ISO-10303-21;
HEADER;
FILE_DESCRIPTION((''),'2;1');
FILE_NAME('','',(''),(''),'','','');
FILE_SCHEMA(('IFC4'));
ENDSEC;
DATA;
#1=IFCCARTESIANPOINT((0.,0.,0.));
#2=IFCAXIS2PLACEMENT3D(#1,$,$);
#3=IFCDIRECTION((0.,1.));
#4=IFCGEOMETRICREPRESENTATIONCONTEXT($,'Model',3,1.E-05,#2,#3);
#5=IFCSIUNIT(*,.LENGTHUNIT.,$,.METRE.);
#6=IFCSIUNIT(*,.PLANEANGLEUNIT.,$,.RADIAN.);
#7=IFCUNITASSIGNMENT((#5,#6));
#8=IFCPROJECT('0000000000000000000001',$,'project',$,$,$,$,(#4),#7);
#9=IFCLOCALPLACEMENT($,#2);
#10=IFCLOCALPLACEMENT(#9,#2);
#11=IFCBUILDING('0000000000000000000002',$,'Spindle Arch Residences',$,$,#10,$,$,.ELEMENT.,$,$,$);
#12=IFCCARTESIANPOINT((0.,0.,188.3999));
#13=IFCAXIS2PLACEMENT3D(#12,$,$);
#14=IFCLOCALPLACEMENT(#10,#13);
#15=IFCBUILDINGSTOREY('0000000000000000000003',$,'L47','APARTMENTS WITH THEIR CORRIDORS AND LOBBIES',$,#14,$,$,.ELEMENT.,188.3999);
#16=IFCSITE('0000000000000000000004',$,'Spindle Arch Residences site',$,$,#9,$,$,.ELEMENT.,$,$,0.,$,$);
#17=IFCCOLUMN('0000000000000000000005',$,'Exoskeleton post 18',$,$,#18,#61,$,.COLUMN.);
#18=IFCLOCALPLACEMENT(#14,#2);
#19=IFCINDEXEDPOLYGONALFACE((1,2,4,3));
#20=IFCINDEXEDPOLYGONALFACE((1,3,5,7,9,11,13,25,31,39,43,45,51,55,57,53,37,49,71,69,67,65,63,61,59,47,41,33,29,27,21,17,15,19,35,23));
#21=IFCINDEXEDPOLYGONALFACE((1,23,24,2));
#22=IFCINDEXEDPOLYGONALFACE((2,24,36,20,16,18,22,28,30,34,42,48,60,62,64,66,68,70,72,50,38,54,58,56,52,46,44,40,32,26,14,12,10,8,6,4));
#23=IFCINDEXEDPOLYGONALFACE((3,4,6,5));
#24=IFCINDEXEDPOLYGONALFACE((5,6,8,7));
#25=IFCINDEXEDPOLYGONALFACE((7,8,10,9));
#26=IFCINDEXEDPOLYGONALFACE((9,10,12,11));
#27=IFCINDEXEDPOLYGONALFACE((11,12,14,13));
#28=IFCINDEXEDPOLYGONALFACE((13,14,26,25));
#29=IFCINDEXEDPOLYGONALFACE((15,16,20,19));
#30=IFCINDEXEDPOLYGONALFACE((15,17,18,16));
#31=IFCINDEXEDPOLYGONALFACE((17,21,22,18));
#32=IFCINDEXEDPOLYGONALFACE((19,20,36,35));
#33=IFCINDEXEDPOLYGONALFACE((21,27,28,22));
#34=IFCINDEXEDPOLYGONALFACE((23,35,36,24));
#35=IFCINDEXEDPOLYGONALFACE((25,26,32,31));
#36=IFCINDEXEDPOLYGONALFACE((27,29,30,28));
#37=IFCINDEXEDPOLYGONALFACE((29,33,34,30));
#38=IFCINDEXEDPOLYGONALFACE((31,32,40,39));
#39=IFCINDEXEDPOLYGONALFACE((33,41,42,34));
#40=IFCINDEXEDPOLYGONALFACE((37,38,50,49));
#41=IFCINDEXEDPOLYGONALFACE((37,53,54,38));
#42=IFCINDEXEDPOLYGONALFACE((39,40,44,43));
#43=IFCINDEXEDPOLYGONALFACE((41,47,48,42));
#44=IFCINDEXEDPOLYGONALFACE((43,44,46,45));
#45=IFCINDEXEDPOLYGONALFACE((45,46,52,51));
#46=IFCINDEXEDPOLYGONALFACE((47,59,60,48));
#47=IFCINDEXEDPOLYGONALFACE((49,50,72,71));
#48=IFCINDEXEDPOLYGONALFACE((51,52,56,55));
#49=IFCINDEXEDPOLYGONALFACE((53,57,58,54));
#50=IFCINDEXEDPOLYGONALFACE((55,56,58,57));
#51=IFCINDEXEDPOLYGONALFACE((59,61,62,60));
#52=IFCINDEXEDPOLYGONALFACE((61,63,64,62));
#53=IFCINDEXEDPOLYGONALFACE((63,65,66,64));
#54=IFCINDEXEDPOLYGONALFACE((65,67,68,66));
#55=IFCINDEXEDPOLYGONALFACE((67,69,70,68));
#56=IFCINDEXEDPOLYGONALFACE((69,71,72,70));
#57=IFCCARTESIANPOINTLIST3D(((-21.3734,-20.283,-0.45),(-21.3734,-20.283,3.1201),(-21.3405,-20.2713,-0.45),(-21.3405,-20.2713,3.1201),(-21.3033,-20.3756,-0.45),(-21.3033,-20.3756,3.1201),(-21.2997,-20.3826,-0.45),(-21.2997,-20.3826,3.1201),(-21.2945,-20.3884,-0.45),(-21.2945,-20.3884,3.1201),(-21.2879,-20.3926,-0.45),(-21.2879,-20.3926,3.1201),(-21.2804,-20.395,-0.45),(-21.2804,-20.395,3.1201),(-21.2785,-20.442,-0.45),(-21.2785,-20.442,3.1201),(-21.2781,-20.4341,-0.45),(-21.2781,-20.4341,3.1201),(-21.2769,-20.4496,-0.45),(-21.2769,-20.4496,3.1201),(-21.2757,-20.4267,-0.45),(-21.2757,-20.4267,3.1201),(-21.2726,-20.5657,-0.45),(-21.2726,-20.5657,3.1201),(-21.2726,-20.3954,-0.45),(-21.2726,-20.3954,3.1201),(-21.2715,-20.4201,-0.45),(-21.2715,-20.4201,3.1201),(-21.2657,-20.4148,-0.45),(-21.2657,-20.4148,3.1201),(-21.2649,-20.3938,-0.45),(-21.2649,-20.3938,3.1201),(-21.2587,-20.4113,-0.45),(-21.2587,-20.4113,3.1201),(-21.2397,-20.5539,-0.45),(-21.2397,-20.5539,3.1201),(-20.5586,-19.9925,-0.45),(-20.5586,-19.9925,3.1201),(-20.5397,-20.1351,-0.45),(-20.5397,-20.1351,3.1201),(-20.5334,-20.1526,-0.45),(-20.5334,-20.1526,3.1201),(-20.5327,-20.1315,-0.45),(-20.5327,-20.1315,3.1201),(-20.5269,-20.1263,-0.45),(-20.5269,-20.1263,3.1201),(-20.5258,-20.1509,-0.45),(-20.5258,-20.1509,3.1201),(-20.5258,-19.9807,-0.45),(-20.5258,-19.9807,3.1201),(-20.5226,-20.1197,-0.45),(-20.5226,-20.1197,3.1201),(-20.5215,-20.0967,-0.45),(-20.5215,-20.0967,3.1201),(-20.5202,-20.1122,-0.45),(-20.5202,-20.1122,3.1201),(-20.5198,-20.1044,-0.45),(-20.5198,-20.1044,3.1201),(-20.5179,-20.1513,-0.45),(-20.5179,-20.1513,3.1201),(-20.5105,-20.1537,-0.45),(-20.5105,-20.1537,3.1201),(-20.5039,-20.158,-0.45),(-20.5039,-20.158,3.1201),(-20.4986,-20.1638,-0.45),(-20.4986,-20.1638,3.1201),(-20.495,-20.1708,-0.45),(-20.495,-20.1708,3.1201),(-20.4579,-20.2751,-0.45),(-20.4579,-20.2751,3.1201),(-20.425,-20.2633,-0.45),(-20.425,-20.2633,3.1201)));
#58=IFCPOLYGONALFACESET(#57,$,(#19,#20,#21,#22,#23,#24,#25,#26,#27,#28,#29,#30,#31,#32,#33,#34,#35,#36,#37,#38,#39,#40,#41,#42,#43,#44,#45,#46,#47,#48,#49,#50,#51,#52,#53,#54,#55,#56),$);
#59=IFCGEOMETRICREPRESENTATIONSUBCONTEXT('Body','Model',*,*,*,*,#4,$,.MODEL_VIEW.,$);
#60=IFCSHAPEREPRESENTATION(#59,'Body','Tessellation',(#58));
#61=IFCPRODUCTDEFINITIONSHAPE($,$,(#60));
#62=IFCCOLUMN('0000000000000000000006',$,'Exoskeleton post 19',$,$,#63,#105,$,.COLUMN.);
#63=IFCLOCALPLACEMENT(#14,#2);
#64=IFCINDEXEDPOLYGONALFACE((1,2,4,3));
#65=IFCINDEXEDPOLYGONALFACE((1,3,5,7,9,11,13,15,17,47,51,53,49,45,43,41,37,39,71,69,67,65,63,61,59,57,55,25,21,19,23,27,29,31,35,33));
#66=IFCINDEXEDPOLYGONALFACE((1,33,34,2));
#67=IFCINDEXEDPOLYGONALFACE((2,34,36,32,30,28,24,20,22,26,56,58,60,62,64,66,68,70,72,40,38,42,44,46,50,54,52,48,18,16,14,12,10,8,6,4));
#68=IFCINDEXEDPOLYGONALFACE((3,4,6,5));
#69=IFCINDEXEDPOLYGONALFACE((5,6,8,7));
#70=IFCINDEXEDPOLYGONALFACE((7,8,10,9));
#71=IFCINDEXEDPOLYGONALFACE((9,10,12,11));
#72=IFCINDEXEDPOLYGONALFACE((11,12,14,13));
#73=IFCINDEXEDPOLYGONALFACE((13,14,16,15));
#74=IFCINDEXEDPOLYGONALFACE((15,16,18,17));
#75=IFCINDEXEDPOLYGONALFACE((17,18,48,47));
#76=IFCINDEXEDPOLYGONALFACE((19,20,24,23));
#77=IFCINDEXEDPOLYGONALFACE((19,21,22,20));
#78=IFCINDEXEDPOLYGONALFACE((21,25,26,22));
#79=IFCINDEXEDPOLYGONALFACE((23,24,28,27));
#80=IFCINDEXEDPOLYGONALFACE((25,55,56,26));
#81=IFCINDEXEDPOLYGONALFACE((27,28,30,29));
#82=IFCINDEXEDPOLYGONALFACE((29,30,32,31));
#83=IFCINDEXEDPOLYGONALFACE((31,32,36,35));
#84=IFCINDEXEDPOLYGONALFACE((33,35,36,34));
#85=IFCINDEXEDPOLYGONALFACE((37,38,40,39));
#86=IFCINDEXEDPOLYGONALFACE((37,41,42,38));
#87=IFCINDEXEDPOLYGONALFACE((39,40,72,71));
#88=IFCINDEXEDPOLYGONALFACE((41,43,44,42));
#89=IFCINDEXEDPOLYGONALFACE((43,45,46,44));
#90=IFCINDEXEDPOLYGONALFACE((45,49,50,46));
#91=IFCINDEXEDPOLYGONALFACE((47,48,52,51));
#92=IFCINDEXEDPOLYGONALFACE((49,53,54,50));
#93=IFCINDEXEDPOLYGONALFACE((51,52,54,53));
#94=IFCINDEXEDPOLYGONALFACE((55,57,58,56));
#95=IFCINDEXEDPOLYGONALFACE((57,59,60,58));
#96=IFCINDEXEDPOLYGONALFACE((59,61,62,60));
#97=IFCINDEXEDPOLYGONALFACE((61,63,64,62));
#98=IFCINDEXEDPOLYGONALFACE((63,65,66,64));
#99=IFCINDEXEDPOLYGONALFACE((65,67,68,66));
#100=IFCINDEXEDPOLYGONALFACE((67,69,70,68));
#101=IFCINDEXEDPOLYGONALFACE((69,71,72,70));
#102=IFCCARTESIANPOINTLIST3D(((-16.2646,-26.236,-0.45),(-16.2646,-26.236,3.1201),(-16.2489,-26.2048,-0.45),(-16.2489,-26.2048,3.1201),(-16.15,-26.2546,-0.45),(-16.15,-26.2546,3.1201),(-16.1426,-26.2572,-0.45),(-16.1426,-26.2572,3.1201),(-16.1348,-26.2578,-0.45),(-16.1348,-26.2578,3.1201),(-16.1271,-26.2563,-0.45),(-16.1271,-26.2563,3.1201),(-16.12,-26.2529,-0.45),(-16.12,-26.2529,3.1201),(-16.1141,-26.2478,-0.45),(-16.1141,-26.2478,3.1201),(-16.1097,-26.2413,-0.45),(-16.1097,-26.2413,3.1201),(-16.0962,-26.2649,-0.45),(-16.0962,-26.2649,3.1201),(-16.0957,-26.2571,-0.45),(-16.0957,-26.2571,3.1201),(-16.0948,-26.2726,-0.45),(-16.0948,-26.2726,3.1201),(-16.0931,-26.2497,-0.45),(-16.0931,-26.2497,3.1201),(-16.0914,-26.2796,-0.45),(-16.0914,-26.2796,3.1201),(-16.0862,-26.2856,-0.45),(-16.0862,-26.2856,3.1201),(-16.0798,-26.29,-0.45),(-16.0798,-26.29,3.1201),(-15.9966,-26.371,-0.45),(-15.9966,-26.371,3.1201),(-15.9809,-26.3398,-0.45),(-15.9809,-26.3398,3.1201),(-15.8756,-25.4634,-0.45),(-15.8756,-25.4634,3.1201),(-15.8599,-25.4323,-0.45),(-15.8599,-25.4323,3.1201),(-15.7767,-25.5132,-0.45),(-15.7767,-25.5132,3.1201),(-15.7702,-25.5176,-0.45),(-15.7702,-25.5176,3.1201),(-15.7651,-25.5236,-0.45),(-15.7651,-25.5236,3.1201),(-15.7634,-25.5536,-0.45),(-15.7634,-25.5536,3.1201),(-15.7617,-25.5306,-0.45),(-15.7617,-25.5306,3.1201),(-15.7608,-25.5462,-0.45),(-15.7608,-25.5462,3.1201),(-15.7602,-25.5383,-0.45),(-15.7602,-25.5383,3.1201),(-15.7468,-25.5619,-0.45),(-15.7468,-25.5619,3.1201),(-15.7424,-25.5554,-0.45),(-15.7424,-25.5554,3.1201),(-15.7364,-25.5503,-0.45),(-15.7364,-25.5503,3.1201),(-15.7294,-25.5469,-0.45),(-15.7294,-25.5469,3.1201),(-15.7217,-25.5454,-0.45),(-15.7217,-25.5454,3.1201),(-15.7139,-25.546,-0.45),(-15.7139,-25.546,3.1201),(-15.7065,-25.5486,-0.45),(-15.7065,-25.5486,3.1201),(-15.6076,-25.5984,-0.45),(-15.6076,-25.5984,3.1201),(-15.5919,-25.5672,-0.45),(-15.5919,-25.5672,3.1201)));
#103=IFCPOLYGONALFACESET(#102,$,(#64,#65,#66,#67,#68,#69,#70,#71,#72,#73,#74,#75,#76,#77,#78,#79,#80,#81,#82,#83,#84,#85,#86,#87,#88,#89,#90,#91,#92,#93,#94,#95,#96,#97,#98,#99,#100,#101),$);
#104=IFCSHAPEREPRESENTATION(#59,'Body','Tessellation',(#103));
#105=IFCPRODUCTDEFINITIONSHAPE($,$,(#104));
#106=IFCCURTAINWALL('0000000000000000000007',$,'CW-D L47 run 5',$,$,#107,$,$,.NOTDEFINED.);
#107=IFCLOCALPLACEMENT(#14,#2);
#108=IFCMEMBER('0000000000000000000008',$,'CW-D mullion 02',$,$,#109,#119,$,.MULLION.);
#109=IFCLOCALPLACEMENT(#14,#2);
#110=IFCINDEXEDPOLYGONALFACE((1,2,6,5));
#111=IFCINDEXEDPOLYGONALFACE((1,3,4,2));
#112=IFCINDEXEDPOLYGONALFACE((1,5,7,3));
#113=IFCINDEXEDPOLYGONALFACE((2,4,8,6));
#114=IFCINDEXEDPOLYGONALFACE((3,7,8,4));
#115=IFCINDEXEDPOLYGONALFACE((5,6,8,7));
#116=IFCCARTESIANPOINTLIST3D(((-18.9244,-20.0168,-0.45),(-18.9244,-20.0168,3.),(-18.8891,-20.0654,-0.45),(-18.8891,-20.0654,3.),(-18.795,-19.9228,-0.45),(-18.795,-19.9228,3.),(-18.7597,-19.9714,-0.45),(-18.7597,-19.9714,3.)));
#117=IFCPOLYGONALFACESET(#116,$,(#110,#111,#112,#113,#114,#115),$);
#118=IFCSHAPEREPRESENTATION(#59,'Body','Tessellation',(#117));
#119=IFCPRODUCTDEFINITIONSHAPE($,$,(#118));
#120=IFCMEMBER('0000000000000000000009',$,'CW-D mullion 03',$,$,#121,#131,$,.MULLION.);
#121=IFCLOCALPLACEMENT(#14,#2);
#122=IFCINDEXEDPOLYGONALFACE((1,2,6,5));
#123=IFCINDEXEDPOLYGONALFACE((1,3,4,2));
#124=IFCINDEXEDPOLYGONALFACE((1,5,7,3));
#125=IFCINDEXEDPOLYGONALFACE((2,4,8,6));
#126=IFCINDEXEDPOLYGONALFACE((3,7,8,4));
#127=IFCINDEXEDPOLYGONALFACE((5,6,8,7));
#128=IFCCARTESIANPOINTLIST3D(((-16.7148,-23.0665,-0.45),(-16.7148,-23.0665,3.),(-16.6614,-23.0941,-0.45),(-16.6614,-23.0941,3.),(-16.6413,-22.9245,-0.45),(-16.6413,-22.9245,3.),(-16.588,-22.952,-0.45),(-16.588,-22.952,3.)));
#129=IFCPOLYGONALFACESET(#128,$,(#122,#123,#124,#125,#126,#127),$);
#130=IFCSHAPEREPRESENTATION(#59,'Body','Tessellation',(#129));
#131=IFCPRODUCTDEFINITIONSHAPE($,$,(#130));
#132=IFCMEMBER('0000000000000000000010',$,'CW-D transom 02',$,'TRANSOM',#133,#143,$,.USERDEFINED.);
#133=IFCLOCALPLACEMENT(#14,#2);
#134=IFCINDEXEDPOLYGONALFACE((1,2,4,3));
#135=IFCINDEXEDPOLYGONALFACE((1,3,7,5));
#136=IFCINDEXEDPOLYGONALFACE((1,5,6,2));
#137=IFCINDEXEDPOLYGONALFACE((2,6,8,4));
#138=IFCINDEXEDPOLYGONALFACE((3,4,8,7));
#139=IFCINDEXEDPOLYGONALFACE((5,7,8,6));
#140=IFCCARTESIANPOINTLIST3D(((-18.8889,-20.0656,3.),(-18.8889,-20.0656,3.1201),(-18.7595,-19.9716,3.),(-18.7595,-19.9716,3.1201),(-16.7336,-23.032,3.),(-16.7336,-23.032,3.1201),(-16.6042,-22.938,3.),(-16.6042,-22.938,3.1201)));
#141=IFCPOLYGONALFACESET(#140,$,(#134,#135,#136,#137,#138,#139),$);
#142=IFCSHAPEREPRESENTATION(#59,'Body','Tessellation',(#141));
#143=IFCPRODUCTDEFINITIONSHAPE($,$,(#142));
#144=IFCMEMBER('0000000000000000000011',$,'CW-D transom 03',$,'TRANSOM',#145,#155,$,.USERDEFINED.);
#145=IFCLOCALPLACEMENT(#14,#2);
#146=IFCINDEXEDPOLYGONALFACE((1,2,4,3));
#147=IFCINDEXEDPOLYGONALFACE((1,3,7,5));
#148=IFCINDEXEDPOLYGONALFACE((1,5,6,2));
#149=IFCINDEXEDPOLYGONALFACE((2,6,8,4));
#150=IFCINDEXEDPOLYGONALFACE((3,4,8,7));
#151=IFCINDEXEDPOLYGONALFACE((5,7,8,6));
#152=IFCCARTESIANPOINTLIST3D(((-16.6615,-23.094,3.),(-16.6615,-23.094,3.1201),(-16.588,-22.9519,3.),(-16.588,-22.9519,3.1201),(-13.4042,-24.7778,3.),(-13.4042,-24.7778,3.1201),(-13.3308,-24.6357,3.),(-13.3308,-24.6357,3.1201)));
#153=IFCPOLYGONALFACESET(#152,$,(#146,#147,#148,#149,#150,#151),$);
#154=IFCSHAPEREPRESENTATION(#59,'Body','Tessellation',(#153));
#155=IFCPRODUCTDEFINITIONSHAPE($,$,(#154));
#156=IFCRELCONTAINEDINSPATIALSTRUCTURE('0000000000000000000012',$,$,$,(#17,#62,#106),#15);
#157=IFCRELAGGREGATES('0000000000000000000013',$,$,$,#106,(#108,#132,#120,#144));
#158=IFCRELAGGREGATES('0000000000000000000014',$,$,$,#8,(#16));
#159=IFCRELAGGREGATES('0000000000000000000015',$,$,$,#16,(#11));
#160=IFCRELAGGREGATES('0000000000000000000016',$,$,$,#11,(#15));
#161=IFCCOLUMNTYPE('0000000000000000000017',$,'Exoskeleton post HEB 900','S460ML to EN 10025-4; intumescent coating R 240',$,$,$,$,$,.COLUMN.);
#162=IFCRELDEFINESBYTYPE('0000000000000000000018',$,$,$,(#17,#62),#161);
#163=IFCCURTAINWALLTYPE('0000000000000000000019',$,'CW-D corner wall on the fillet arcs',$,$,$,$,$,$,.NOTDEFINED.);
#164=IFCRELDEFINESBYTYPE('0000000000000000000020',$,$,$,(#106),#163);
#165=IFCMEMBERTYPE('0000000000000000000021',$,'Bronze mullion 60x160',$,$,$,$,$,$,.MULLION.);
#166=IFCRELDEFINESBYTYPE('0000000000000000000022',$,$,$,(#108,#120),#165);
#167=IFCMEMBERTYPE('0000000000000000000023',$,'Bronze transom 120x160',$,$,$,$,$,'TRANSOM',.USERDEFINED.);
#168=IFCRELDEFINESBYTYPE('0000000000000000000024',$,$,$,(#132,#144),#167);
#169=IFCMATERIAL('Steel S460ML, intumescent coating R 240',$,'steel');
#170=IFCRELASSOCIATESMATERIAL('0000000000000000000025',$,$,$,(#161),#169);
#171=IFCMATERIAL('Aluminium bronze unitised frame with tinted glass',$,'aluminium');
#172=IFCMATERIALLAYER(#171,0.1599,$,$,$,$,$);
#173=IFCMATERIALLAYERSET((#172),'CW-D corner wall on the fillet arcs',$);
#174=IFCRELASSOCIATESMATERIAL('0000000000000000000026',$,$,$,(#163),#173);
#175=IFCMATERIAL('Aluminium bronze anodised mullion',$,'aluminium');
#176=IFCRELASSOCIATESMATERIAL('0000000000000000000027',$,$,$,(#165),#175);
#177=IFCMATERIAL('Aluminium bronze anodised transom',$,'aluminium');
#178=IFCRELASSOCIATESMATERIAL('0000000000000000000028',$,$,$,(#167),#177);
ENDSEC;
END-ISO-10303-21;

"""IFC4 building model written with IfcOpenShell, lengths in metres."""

from ifc_helpers import new_model, si_unit, direction, frame, origin, origin_2d, place, context, subcontext, project, spatial, rectangle, i_section, extrude, material, layer, layer_set, material_profile, profile_set, type_object, element, aggregate, save


model = new_model("IFC4")

# Units and contexts
model_context = context("Model", 3, precision=1e-05, world=origin(), true_north=direction((0.0, 1.0)))
body_context = subcontext(model_context, "Body", "Model", "MODEL_VIEW")
ifc_project = project(units=[si_unit("LENGTHUNIT", "METRE"), si_unit("PLANEANGLEUNIT", "RADIAN")], contexts=[model_context])

# Site, building, storey
site_placement = place(None, origin())
site = spatial("IfcSite", under=ifc_project, at=site_placement, Name="Spindle Arch Residences site", CompositionType="ELEMENT", RefElevation=0.0)
building_placement = place(site_placement, origin())
building = spatial("IfcBuilding", under=site, at=building_placement, Name="Spindle Arch Residences", CompositionType="ELEMENT")
storey_placement = place(building_placement, frame((0.0, 0.0, 188.3999)))
storey = spatial("IfcBuildingStorey", under=building, at=storey_placement, Name="L47", Description="APARTMENTS WITH THEIR CORRIDORS AND LOBBIES", CompositionType="ELEMENT", Elevation=188.3999)

# Columns
ifc_material_1 = material(Name="Steel S460ML, intumescent coating R 240", Category="steel")
ifc_material_profile_1 = material_profile(ifc_material_1, i_section(OverallWidth=0.3, OverallDepth=0.8999, WebThickness=0.0186, FlangeThickness=0.0349, FilletRadius=0.03, at=origin_2d()), Name="HEB 900")
ifc_profile_set_1 = profile_set([ifc_material_profile_1], Name="Steel S460ML, intumescent coating R 240")
column_type = type_object("IfcColumnType", Name="Exoskeleton post HEB 900", Description="S460ML to EN 10025-4; intumescent coating R 240", PredefinedType="COLUMN", material=ifc_profile_set_1)
for number, where, z_axis, x_axis, name in (
    (1, (-20.8992, -20.2732, -0.45), (0.0, 0.0, 1.0), (-0.335927, 0.941888, 0.0), "Exoskeleton post 18"),
    (2, (-15.9282, -25.9016, -0.45), (0.0, 0.0, 1.0), (-0.893169, 0.449721, 0.0), "Exoskeleton post 19"),
):
    element("IfcColumn", number, at=place(storey_placement, frame(where, z_axis=z_axis, x_axis=x_axis)), inside=storey, type_object=column_type, Name=name, PredefinedType="COLUMN", context=body_context, shape_type="SweptSolid", body=[
        extrude(i_section(OverallWidth=0.3, OverallDepth=0.8999, WebThickness=0.0186, FlangeThickness=0.0349, FilletRadius=0.03, at=origin_2d()), origin(), (0.0, 0.0, 1.0), 3.5701),
    ])

# Curtain wall, members
ifc_material_2 = material(Name="Aluminium bronze unitised frame with tinted glass", Category="aluminium")
ifc_layer_1 = layer(ifc_material_2, 0.1599)
ifc_layer_set_1 = layer_set([ifc_layer_1], Name="CW-D corner wall on the fillet arcs")
curtain_wall_type = type_object("IfcCurtainWallType", Name="CW-D corner wall on the fillet arcs", PredefinedType="NOTDEFINED", material=ifc_layer_set_1)
curtain_wall_placement = place(storey_placement, origin())
curtain_wall = element("IfcCurtainWall", 3, at=curtain_wall_placement, inside=storey, type_object=curtain_wall_type, Name="CW-D L47 run 5", PredefinedType="NOTDEFINED")
ifc_material_3 = material(Name="Aluminium bronze anodised mullion", Category="aluminium")
ifc_material_profile_2 = material_profile(ifc_material_3, rectangle(XDim=0.1599, YDim=0.0601, at=origin_2d()), Name="MU 60x160")
ifc_profile_set_2 = profile_set([ifc_material_profile_2], Name="Aluminium bronze anodised mullion")
member_type_1 = type_object("IfcMemberType", Name="Bronze mullion 60x160", PredefinedType="MULLION", material=ifc_profile_set_2)
member_1_placement = place(storey_placement, frame((-18.842, -19.9941, -0.45), z_axis=(0.0, 0.0, 1.0), x_axis=(0.809017, 0.587785, 0.0)))
member_1 = element("IfcMember", 4, at=member_1_placement, type_object=member_type_1, Name="CW-D mullion 02", PredefinedType="MULLION", context=body_context, shape_type="SweptSolid", body=[
    extrude(rectangle(XDim=0.1599, YDim=0.0601, at=origin_2d()), origin(), (0.0, 0.0, 1.0), 3.45),
])
member_2_placement = place(storey_placement, frame((-16.6514, -23.0093, -0.45), z_axis=(0.0, 0.0, 1.0), x_axis=(0.459166, 0.88835, 0.0)))
member_2 = element("IfcMember", 5, at=member_2_placement, type_object=member_type_1, Name="CW-D mullion 03", PredefinedType="MULLION", context=body_context, shape_type="SweptSolid", body=[
    extrude(rectangle(XDim=0.1599, YDim=0.0601, at=origin_2d()), origin(), (0.0, 0.0, 1.0), 3.45),
])
ifc_material_4 = material(Name="Aluminium bronze anodised transom", Category="aluminium")
ifc_material_profile_3 = material_profile(ifc_material_4, rectangle(XDim=0.1599, YDim=0.1201, at=origin_2d()), Name="TR 120x160")
ifc_profile_set_3 = profile_set([ifc_material_profile_3], Name="Aluminium bronze anodised transom")
member_type_2 = type_object("IfcMemberType", Name="Bronze transom 120x160", ElementType="TRANSOM", PredefinedType="USERDEFINED", material=ifc_profile_set_3)
member_3_placement = place(storey_placement, frame((-18.8242, -20.0186, 3.0601), z_axis=(0.587807, -0.809001, 0.0), x_axis=(0.809001, 0.587807, 0.0)))
member_3 = element("IfcMember", 6, at=member_3_placement, type_object=member_type_2, Name="CW-D transom 02", ObjectType="TRANSOM", PredefinedType="USERDEFINED", context=body_context, shape_type="SweptSolid", body=[
    extrude(rectangle(XDim=0.1599, YDim=0.1201, at=origin_2d()), origin(), (0.0, 0.0, 1.0), 3.6667),
])
member_4_placement = place(storey_placement, frame((-16.6248, -23.0229, 3.0601), z_axis=(0.888327, -0.459211, 0.0), x_axis=(0.459211, 0.888327, 0.0)))
member_4 = element("IfcMember", 7, at=member_4_placement, type_object=member_type_2, Name="CW-D transom 03", ObjectType="TRANSOM", PredefinedType="USERDEFINED", context=body_context, shape_type="SweptSolid", body=[
    extrude(rectangle(XDim=0.1599, YDim=0.1201, at=origin_2d()), origin(), (0.0, 0.0, 1.0), 3.6667),
])

aggregate(curtain_wall, [member_1, member_3, member_2, member_4])

save(model, "model.ifc")
